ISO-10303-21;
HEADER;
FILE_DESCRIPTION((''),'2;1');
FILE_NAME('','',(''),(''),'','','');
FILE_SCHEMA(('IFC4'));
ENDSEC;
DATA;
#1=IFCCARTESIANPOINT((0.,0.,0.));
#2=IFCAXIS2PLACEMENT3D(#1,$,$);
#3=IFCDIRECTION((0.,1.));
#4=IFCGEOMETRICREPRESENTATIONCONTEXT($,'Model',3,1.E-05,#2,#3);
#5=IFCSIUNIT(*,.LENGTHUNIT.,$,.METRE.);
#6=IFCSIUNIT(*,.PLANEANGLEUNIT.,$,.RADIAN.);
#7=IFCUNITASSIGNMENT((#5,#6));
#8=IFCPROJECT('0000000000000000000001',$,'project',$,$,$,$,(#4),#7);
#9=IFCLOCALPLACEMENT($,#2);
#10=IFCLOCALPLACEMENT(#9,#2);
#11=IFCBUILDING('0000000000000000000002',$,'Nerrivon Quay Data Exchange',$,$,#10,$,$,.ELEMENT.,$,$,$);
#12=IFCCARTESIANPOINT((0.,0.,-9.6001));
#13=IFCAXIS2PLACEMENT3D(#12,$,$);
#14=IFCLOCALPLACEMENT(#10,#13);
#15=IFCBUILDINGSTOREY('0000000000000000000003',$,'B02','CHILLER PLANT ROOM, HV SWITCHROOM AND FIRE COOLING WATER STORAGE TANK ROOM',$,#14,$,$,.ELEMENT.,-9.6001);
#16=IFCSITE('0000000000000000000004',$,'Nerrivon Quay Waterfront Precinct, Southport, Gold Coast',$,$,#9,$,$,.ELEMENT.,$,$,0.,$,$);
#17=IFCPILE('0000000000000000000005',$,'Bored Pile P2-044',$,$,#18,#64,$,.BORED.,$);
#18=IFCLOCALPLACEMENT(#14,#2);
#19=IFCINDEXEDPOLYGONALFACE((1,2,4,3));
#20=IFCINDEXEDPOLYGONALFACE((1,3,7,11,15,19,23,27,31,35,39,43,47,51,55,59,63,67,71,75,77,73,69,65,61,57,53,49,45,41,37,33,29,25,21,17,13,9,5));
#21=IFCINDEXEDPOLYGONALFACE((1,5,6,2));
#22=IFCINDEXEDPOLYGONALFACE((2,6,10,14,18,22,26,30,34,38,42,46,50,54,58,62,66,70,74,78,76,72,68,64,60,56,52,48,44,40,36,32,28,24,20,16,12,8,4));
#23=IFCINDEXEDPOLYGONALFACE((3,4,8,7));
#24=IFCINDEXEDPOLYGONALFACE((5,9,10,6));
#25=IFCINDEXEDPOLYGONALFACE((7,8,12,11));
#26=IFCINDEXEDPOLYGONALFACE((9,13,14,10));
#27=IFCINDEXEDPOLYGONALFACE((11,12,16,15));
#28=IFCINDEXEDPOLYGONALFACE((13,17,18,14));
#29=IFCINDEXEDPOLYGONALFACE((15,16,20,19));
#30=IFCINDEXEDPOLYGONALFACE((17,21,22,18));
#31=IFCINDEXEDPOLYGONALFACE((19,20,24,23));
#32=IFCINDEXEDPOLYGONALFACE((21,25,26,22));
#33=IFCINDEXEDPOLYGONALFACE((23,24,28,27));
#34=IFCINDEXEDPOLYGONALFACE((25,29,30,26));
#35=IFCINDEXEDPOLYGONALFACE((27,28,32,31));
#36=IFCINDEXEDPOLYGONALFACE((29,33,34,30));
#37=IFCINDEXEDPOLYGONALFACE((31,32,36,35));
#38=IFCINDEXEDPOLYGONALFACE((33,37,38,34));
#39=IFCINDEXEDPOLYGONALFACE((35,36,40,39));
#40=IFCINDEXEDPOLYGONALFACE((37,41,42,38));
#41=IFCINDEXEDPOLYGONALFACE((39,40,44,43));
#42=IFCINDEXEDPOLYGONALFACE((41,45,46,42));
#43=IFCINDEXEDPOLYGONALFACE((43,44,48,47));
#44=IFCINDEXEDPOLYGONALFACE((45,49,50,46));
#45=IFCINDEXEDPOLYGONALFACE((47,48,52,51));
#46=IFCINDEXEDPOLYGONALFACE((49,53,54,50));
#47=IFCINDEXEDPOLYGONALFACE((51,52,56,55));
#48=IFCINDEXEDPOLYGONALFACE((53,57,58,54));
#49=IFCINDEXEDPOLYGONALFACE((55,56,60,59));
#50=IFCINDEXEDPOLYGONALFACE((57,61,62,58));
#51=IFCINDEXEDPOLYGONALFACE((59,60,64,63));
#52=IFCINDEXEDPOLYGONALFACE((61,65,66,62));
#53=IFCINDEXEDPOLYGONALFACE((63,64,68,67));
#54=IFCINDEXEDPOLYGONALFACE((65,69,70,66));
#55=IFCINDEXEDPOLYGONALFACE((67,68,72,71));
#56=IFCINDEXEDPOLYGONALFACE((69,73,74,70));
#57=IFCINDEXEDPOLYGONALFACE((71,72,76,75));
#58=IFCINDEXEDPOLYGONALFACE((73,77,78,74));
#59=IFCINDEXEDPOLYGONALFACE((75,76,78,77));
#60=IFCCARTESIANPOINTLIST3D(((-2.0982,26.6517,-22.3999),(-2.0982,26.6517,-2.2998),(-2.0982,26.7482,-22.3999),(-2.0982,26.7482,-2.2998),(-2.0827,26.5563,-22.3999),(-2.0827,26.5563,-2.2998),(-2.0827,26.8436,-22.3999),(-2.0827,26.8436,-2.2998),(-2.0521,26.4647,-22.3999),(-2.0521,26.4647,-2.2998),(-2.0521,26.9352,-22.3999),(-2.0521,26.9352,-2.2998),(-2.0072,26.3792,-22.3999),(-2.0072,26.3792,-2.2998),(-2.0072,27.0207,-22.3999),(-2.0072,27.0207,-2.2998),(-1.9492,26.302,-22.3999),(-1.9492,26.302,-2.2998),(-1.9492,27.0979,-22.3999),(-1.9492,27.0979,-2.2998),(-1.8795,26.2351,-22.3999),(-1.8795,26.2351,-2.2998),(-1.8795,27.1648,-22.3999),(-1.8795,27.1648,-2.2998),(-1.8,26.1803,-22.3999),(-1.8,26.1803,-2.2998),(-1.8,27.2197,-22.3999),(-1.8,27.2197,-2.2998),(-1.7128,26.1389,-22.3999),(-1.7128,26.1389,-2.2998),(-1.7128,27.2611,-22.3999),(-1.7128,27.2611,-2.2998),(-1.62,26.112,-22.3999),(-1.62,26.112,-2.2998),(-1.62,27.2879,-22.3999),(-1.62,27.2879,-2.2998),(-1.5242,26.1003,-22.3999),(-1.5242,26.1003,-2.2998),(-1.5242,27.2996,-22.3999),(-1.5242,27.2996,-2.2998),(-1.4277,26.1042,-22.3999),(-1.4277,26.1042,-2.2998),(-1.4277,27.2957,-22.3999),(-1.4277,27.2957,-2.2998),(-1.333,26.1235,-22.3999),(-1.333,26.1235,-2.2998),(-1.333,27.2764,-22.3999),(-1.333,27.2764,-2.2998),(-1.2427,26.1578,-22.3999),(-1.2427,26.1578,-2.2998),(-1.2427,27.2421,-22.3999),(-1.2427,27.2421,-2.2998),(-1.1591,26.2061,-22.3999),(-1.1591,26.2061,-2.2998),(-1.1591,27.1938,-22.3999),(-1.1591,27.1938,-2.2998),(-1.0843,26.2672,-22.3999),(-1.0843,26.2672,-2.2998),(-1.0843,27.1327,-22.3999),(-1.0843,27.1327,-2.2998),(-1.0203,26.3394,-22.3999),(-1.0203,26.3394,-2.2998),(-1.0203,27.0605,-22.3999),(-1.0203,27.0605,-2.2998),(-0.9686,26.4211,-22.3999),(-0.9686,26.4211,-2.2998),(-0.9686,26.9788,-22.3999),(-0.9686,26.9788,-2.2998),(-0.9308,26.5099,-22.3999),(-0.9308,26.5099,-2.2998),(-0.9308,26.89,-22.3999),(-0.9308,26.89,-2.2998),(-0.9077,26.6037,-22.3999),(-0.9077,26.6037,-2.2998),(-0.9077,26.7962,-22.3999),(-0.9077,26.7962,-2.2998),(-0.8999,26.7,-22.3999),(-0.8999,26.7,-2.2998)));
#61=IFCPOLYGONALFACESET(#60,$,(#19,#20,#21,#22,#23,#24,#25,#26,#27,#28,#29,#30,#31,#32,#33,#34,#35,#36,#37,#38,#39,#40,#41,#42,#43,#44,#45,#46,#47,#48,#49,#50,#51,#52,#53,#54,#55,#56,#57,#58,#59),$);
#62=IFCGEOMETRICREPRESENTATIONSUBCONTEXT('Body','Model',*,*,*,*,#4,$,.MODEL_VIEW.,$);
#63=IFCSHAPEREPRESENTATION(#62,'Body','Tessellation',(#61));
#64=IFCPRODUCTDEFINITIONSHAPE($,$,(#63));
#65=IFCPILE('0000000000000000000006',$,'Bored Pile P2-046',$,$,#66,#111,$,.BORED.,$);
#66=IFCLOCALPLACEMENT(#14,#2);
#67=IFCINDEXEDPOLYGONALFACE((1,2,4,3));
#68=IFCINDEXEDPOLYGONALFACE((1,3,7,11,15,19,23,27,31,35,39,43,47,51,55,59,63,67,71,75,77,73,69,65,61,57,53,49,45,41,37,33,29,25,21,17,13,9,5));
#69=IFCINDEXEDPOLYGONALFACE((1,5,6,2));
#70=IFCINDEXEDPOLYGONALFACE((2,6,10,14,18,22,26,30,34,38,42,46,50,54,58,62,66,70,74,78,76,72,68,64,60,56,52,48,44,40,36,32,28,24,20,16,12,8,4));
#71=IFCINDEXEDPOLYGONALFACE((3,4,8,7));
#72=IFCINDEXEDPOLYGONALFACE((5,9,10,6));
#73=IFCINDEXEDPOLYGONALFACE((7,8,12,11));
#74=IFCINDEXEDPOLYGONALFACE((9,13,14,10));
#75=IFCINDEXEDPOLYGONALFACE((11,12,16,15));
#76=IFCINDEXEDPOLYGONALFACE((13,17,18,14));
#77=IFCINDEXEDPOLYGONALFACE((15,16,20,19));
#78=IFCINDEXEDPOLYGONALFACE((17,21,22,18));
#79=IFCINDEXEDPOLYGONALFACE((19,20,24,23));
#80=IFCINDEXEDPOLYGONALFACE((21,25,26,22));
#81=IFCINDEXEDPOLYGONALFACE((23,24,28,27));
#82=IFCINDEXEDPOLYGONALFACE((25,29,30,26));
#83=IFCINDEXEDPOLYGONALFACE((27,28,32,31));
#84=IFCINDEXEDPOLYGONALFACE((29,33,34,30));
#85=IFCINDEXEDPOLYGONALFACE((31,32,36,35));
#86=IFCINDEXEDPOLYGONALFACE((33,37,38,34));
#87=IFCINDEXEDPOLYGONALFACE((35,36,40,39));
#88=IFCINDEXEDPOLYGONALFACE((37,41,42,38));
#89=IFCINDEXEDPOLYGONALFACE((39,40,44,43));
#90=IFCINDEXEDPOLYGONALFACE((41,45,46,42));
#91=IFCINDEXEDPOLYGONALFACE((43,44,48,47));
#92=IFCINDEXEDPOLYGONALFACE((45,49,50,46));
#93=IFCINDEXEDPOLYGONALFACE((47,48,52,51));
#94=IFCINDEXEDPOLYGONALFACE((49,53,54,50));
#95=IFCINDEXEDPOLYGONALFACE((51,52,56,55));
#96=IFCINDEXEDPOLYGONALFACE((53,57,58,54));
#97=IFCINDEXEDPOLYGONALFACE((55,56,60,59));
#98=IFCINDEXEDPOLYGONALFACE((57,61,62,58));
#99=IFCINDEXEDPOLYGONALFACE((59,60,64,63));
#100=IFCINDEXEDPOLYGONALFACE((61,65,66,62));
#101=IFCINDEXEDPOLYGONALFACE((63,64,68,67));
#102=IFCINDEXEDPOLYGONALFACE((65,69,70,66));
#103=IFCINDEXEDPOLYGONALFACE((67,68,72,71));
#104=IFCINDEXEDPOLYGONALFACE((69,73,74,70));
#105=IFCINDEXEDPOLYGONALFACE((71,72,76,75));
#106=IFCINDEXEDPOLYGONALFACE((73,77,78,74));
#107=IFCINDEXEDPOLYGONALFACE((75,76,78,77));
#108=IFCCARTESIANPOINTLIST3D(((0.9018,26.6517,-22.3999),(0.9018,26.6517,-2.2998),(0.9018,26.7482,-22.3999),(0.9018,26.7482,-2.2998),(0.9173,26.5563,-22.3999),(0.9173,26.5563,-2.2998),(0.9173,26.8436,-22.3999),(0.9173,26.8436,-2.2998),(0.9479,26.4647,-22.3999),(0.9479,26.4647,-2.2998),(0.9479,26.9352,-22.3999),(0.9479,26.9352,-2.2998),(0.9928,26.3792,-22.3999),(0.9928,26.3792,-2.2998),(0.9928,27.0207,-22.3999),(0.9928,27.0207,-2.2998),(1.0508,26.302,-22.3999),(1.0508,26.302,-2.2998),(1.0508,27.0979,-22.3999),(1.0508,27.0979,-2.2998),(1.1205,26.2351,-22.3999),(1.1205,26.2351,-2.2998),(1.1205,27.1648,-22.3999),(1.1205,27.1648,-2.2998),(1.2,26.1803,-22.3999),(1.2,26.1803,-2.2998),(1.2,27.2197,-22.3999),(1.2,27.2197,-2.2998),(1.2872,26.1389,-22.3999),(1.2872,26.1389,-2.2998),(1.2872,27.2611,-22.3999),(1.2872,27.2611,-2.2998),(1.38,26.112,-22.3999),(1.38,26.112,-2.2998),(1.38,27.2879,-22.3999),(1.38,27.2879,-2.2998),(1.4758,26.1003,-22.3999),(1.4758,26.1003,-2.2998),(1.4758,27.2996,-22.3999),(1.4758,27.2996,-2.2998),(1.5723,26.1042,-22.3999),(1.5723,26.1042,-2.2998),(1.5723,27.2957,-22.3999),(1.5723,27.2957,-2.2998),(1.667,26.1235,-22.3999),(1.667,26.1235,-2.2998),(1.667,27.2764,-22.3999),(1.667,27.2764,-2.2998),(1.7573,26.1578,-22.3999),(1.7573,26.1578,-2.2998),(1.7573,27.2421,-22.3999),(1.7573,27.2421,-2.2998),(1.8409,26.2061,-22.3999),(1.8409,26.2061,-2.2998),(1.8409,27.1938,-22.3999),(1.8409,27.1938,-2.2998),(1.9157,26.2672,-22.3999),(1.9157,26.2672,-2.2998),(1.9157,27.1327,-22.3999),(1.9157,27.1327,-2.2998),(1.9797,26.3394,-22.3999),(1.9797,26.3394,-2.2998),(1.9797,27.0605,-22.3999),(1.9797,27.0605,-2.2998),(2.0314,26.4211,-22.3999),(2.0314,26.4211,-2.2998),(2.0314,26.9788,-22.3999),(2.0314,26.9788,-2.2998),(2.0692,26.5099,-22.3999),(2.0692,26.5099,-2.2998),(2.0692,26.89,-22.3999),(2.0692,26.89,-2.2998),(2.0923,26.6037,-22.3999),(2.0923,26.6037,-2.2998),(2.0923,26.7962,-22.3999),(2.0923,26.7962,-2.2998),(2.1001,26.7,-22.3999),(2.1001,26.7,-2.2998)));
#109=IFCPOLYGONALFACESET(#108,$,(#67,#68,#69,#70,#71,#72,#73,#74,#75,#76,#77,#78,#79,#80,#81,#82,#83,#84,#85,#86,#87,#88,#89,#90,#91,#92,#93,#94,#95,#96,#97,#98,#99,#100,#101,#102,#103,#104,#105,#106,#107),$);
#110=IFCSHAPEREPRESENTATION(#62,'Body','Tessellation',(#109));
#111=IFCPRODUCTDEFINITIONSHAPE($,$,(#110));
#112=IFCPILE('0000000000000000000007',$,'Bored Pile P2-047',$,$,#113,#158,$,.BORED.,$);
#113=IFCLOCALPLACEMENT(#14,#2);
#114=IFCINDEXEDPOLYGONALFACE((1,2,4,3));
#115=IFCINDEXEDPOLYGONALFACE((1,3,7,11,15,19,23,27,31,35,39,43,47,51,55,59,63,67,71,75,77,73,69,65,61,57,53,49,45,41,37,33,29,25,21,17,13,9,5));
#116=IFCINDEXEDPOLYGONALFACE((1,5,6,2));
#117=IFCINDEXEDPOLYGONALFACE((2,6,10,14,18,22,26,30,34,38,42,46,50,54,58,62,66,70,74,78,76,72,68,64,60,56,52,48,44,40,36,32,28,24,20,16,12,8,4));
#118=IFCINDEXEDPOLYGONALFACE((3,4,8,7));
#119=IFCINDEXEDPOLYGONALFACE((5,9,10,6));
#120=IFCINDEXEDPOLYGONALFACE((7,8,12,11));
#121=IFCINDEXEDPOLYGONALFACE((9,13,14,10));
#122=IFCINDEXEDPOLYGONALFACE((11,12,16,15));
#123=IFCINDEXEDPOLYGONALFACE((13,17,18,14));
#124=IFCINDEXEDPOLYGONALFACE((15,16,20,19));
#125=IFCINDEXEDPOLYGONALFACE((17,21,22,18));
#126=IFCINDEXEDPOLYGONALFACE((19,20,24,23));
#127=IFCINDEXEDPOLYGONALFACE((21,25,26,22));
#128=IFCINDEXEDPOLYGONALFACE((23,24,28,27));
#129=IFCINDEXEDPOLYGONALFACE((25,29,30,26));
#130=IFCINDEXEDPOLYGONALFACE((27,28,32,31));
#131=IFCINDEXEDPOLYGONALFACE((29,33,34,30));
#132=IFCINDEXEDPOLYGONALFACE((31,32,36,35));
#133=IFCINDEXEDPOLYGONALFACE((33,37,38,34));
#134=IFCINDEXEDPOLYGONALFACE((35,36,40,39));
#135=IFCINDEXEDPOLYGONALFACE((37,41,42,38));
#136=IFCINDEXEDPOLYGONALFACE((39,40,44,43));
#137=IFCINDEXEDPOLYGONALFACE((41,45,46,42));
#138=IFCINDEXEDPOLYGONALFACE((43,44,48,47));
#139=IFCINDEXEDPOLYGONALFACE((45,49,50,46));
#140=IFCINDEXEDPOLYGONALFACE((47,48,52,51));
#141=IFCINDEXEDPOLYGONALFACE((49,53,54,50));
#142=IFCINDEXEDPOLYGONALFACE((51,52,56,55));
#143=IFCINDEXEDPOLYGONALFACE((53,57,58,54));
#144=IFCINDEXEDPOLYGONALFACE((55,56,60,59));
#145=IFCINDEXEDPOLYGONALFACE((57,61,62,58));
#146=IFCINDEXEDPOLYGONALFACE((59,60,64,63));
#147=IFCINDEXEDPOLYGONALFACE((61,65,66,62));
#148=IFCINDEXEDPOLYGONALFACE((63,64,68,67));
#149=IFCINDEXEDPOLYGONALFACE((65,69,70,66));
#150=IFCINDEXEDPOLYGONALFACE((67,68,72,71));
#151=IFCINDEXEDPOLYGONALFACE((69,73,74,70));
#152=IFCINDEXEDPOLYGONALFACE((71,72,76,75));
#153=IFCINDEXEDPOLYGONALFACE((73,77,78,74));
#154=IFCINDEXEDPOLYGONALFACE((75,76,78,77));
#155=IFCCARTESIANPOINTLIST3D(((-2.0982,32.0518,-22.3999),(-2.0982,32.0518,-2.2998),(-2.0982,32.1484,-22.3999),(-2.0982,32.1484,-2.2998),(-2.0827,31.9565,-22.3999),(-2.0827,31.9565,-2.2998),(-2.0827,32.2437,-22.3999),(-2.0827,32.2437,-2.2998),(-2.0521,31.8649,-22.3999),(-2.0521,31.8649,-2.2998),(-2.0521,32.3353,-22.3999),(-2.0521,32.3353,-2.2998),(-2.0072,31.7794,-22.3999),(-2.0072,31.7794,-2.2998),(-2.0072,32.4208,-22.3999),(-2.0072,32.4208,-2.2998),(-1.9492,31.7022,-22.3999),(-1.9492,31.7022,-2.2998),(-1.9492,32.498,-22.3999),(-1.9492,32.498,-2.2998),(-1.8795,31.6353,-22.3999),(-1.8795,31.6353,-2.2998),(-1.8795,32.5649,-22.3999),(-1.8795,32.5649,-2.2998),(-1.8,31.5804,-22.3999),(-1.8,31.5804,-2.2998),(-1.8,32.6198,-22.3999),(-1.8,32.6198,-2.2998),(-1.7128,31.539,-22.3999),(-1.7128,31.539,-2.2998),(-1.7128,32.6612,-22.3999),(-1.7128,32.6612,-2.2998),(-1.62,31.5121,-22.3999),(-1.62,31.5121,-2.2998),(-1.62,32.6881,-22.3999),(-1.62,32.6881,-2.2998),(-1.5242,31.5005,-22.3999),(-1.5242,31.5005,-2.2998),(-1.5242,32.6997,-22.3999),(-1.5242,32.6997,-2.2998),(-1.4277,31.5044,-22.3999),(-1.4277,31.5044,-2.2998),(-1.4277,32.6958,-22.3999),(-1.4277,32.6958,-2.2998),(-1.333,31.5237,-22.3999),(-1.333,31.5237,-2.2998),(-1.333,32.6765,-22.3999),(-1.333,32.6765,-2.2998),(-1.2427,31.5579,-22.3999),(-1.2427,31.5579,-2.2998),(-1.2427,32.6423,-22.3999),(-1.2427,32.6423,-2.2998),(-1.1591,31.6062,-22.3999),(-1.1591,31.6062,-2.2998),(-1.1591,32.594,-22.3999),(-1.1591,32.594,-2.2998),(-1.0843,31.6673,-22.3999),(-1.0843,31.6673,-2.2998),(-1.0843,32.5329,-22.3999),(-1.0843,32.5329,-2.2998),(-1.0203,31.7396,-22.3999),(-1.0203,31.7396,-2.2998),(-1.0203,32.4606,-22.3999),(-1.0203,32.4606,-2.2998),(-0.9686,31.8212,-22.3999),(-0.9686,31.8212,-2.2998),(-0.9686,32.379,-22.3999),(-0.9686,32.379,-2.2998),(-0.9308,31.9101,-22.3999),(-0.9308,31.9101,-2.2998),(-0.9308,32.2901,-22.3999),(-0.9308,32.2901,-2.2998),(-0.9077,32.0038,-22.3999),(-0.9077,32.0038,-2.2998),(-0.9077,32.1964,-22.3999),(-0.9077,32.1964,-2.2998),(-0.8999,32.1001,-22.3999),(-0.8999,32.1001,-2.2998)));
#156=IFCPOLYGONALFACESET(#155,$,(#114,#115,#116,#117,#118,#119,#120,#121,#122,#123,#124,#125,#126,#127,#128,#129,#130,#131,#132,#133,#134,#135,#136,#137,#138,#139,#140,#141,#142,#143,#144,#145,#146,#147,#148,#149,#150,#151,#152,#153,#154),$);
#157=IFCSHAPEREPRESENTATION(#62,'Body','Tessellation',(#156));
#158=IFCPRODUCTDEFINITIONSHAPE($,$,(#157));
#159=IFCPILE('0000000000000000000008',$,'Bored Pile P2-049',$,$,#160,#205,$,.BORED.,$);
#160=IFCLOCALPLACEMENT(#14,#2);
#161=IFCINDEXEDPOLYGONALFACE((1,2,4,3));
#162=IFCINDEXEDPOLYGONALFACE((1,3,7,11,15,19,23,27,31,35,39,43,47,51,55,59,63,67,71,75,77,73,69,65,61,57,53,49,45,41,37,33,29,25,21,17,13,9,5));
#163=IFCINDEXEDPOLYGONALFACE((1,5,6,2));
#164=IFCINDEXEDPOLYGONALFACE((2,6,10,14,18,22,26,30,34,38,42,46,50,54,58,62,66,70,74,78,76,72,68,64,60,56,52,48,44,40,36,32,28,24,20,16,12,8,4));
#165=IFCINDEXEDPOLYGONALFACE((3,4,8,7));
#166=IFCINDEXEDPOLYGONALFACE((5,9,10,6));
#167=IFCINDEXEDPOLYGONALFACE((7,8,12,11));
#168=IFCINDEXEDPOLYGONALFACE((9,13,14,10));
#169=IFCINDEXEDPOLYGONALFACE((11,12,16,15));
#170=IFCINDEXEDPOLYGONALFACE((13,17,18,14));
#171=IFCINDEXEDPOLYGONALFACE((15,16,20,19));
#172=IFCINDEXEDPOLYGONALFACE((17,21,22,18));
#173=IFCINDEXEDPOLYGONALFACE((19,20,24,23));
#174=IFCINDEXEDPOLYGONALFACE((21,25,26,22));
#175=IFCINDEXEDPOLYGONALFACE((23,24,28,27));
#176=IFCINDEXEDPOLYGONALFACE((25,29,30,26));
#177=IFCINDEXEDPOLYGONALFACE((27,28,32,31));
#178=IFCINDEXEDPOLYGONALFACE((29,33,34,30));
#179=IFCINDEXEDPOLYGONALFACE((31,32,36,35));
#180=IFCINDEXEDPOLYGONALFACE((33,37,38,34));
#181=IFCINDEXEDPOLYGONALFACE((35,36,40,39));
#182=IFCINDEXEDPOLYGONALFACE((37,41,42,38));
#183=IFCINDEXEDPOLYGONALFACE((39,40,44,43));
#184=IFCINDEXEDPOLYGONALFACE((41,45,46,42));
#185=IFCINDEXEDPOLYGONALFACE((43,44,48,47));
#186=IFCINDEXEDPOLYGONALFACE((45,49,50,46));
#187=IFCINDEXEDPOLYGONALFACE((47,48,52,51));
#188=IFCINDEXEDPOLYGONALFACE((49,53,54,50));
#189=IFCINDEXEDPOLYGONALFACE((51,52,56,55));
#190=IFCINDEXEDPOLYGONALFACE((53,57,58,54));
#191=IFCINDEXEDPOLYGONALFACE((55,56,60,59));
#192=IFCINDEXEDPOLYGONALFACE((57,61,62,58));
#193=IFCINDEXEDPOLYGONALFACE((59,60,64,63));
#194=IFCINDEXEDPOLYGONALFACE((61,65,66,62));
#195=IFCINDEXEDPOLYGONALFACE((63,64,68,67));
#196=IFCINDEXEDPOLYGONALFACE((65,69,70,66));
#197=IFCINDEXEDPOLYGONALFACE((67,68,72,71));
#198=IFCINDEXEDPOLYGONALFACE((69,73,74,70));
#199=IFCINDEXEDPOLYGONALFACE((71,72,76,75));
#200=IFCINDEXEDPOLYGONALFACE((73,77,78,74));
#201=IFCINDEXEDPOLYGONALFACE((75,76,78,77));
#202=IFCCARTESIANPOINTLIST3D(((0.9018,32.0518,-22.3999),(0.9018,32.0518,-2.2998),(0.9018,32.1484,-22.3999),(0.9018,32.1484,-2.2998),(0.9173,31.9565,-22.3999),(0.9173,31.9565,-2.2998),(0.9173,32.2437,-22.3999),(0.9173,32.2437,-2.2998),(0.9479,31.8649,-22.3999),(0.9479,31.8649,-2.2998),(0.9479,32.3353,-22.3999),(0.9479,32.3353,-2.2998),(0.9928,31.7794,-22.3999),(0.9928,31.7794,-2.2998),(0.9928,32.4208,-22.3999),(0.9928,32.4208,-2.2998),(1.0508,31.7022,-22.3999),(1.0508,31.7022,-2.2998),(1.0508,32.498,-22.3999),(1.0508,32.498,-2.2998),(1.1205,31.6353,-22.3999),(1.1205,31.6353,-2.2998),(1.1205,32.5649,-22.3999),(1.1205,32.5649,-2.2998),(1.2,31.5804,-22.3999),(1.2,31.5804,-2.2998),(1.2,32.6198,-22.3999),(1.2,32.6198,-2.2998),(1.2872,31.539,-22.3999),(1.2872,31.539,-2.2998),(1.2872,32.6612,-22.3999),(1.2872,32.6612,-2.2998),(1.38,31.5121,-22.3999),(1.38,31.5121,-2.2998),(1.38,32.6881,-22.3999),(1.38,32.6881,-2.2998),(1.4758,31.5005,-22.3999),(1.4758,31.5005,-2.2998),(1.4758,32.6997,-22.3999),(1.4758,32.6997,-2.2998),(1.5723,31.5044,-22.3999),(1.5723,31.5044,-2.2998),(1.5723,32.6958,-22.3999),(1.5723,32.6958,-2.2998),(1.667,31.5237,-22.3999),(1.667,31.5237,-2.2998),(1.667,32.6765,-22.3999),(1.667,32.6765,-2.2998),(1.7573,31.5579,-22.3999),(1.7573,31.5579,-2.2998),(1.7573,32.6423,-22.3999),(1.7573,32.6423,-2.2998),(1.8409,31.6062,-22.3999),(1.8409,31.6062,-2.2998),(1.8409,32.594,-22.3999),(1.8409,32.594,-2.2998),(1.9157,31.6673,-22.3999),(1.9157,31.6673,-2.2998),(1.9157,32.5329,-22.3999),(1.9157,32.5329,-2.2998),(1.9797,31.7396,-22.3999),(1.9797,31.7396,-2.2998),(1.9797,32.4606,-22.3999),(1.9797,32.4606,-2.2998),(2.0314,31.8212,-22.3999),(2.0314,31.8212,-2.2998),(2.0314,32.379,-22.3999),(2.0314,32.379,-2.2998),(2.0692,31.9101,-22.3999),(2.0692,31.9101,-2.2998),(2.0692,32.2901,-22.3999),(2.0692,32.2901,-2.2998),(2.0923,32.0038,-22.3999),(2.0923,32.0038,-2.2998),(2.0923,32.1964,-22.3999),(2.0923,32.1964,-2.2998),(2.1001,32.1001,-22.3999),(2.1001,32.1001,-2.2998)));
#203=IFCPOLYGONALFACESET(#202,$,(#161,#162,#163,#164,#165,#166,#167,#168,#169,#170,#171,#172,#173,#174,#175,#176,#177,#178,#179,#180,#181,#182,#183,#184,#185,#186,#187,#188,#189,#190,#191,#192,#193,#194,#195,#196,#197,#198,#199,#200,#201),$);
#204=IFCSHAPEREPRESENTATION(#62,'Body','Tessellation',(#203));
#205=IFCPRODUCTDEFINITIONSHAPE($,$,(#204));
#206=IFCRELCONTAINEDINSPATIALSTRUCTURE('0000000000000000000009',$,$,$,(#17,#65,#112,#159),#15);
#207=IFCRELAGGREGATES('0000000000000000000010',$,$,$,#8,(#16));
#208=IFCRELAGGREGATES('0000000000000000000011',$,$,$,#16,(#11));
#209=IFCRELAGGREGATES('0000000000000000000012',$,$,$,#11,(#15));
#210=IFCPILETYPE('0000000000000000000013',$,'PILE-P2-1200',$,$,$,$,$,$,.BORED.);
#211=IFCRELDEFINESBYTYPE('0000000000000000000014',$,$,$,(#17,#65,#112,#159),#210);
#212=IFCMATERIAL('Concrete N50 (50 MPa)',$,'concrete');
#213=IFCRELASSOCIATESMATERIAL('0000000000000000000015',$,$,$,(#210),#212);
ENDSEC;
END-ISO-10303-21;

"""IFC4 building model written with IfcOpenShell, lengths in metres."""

from ifc_helpers import new_model, si_unit, direction, frame, origin, origin_2d, place, context, subcontext, project, spatial, circle, extrude, material, material_profile, profile_set, type_object, element, save


model = new_model("IFC4")

# Units and contexts
model_context = context("Model", 3, precision=1e-05, world=origin(), true_north=direction((0.0, 1.0)))
body_context = subcontext(model_context, "Body", "Model", "MODEL_VIEW")
ifc_project = project(units=[si_unit("LENGTHUNIT", "METRE"), si_unit("PLANEANGLEUNIT", "RADIAN")], contexts=[model_context])

# Site, building, storey
site_placement = place(None, origin())
site = spatial("IfcSite", under=ifc_project, at=site_placement, Name="Nerrivon Quay Waterfront Precinct, Southport, Gold Coast", CompositionType="ELEMENT", RefElevation=0.0)
building_placement = place(site_placement, origin())
building = spatial("IfcBuilding", under=site, at=building_placement, Name="Nerrivon Quay Data Exchange", CompositionType="ELEMENT")
storey_placement = place(building_placement, frame((0.0, 0.0, -9.6001)))
storey = spatial("IfcBuildingStorey", under=building, at=storey_placement, Name="B02", Description="CHILLER PLANT ROOM, HV SWITCHROOM AND FIRE COOLING WATER STORAGE TANK ROOM", CompositionType="ELEMENT", Elevation=-9.6001)

# Piles
ifc_material_1 = material(Name="Concrete N50 (50 MPa)", Category="concrete")
ifc_material_profile_1 = material_profile(ifc_material_1, circle(Radius=0.6001, at=origin_2d()), Name="PILE-1200")
ifc_profile_set_1 = profile_set([ifc_material_profile_1], Name="Concrete N50 (50 MPa)")
pile_type_1 = type_object("IfcPileType", Name="PILE-P2-1200", PredefinedType="BORED", material=ifc_profile_set_1)
for number, where, z_axis, x_axis, name in (
    (1, (-1.5, 26.7, -2.2998), (0.0, 0.0, -1.0), (1.0, 0.0, 0.0), "Bored Pile P2-044"),
    (2, (1.5, 26.7, -2.2998), (0.0, 0.0, -1.0), (1.0, 0.0, 0.0), "Bored Pile P2-046"),
    (3, (-1.5, 32.1001, -2.2998), (0.0, 0.0, -1.0), (1.0, 0.0, 0.0), "Bored Pile P2-047"),
    (4, (1.5, 32.1001, -2.2998), (0.0, 0.0, -1.0), (1.0, 0.0, 0.0), "Bored Pile P2-049"),
):
    element("IfcPile", number, at=place(storey_placement, frame(where, z_axis=z_axis, x_axis=x_axis)), inside=storey, type_object=pile_type_1, Name=name, PredefinedType="BORED", context=body_context, shape_type="SweptSolid", body=[
        extrude(circle(Radius=0.6001, at=origin_2d()), origin(), (0.0, 0.0, 1.0), 20.1001),
    ])

save(model, "model.ifc")
